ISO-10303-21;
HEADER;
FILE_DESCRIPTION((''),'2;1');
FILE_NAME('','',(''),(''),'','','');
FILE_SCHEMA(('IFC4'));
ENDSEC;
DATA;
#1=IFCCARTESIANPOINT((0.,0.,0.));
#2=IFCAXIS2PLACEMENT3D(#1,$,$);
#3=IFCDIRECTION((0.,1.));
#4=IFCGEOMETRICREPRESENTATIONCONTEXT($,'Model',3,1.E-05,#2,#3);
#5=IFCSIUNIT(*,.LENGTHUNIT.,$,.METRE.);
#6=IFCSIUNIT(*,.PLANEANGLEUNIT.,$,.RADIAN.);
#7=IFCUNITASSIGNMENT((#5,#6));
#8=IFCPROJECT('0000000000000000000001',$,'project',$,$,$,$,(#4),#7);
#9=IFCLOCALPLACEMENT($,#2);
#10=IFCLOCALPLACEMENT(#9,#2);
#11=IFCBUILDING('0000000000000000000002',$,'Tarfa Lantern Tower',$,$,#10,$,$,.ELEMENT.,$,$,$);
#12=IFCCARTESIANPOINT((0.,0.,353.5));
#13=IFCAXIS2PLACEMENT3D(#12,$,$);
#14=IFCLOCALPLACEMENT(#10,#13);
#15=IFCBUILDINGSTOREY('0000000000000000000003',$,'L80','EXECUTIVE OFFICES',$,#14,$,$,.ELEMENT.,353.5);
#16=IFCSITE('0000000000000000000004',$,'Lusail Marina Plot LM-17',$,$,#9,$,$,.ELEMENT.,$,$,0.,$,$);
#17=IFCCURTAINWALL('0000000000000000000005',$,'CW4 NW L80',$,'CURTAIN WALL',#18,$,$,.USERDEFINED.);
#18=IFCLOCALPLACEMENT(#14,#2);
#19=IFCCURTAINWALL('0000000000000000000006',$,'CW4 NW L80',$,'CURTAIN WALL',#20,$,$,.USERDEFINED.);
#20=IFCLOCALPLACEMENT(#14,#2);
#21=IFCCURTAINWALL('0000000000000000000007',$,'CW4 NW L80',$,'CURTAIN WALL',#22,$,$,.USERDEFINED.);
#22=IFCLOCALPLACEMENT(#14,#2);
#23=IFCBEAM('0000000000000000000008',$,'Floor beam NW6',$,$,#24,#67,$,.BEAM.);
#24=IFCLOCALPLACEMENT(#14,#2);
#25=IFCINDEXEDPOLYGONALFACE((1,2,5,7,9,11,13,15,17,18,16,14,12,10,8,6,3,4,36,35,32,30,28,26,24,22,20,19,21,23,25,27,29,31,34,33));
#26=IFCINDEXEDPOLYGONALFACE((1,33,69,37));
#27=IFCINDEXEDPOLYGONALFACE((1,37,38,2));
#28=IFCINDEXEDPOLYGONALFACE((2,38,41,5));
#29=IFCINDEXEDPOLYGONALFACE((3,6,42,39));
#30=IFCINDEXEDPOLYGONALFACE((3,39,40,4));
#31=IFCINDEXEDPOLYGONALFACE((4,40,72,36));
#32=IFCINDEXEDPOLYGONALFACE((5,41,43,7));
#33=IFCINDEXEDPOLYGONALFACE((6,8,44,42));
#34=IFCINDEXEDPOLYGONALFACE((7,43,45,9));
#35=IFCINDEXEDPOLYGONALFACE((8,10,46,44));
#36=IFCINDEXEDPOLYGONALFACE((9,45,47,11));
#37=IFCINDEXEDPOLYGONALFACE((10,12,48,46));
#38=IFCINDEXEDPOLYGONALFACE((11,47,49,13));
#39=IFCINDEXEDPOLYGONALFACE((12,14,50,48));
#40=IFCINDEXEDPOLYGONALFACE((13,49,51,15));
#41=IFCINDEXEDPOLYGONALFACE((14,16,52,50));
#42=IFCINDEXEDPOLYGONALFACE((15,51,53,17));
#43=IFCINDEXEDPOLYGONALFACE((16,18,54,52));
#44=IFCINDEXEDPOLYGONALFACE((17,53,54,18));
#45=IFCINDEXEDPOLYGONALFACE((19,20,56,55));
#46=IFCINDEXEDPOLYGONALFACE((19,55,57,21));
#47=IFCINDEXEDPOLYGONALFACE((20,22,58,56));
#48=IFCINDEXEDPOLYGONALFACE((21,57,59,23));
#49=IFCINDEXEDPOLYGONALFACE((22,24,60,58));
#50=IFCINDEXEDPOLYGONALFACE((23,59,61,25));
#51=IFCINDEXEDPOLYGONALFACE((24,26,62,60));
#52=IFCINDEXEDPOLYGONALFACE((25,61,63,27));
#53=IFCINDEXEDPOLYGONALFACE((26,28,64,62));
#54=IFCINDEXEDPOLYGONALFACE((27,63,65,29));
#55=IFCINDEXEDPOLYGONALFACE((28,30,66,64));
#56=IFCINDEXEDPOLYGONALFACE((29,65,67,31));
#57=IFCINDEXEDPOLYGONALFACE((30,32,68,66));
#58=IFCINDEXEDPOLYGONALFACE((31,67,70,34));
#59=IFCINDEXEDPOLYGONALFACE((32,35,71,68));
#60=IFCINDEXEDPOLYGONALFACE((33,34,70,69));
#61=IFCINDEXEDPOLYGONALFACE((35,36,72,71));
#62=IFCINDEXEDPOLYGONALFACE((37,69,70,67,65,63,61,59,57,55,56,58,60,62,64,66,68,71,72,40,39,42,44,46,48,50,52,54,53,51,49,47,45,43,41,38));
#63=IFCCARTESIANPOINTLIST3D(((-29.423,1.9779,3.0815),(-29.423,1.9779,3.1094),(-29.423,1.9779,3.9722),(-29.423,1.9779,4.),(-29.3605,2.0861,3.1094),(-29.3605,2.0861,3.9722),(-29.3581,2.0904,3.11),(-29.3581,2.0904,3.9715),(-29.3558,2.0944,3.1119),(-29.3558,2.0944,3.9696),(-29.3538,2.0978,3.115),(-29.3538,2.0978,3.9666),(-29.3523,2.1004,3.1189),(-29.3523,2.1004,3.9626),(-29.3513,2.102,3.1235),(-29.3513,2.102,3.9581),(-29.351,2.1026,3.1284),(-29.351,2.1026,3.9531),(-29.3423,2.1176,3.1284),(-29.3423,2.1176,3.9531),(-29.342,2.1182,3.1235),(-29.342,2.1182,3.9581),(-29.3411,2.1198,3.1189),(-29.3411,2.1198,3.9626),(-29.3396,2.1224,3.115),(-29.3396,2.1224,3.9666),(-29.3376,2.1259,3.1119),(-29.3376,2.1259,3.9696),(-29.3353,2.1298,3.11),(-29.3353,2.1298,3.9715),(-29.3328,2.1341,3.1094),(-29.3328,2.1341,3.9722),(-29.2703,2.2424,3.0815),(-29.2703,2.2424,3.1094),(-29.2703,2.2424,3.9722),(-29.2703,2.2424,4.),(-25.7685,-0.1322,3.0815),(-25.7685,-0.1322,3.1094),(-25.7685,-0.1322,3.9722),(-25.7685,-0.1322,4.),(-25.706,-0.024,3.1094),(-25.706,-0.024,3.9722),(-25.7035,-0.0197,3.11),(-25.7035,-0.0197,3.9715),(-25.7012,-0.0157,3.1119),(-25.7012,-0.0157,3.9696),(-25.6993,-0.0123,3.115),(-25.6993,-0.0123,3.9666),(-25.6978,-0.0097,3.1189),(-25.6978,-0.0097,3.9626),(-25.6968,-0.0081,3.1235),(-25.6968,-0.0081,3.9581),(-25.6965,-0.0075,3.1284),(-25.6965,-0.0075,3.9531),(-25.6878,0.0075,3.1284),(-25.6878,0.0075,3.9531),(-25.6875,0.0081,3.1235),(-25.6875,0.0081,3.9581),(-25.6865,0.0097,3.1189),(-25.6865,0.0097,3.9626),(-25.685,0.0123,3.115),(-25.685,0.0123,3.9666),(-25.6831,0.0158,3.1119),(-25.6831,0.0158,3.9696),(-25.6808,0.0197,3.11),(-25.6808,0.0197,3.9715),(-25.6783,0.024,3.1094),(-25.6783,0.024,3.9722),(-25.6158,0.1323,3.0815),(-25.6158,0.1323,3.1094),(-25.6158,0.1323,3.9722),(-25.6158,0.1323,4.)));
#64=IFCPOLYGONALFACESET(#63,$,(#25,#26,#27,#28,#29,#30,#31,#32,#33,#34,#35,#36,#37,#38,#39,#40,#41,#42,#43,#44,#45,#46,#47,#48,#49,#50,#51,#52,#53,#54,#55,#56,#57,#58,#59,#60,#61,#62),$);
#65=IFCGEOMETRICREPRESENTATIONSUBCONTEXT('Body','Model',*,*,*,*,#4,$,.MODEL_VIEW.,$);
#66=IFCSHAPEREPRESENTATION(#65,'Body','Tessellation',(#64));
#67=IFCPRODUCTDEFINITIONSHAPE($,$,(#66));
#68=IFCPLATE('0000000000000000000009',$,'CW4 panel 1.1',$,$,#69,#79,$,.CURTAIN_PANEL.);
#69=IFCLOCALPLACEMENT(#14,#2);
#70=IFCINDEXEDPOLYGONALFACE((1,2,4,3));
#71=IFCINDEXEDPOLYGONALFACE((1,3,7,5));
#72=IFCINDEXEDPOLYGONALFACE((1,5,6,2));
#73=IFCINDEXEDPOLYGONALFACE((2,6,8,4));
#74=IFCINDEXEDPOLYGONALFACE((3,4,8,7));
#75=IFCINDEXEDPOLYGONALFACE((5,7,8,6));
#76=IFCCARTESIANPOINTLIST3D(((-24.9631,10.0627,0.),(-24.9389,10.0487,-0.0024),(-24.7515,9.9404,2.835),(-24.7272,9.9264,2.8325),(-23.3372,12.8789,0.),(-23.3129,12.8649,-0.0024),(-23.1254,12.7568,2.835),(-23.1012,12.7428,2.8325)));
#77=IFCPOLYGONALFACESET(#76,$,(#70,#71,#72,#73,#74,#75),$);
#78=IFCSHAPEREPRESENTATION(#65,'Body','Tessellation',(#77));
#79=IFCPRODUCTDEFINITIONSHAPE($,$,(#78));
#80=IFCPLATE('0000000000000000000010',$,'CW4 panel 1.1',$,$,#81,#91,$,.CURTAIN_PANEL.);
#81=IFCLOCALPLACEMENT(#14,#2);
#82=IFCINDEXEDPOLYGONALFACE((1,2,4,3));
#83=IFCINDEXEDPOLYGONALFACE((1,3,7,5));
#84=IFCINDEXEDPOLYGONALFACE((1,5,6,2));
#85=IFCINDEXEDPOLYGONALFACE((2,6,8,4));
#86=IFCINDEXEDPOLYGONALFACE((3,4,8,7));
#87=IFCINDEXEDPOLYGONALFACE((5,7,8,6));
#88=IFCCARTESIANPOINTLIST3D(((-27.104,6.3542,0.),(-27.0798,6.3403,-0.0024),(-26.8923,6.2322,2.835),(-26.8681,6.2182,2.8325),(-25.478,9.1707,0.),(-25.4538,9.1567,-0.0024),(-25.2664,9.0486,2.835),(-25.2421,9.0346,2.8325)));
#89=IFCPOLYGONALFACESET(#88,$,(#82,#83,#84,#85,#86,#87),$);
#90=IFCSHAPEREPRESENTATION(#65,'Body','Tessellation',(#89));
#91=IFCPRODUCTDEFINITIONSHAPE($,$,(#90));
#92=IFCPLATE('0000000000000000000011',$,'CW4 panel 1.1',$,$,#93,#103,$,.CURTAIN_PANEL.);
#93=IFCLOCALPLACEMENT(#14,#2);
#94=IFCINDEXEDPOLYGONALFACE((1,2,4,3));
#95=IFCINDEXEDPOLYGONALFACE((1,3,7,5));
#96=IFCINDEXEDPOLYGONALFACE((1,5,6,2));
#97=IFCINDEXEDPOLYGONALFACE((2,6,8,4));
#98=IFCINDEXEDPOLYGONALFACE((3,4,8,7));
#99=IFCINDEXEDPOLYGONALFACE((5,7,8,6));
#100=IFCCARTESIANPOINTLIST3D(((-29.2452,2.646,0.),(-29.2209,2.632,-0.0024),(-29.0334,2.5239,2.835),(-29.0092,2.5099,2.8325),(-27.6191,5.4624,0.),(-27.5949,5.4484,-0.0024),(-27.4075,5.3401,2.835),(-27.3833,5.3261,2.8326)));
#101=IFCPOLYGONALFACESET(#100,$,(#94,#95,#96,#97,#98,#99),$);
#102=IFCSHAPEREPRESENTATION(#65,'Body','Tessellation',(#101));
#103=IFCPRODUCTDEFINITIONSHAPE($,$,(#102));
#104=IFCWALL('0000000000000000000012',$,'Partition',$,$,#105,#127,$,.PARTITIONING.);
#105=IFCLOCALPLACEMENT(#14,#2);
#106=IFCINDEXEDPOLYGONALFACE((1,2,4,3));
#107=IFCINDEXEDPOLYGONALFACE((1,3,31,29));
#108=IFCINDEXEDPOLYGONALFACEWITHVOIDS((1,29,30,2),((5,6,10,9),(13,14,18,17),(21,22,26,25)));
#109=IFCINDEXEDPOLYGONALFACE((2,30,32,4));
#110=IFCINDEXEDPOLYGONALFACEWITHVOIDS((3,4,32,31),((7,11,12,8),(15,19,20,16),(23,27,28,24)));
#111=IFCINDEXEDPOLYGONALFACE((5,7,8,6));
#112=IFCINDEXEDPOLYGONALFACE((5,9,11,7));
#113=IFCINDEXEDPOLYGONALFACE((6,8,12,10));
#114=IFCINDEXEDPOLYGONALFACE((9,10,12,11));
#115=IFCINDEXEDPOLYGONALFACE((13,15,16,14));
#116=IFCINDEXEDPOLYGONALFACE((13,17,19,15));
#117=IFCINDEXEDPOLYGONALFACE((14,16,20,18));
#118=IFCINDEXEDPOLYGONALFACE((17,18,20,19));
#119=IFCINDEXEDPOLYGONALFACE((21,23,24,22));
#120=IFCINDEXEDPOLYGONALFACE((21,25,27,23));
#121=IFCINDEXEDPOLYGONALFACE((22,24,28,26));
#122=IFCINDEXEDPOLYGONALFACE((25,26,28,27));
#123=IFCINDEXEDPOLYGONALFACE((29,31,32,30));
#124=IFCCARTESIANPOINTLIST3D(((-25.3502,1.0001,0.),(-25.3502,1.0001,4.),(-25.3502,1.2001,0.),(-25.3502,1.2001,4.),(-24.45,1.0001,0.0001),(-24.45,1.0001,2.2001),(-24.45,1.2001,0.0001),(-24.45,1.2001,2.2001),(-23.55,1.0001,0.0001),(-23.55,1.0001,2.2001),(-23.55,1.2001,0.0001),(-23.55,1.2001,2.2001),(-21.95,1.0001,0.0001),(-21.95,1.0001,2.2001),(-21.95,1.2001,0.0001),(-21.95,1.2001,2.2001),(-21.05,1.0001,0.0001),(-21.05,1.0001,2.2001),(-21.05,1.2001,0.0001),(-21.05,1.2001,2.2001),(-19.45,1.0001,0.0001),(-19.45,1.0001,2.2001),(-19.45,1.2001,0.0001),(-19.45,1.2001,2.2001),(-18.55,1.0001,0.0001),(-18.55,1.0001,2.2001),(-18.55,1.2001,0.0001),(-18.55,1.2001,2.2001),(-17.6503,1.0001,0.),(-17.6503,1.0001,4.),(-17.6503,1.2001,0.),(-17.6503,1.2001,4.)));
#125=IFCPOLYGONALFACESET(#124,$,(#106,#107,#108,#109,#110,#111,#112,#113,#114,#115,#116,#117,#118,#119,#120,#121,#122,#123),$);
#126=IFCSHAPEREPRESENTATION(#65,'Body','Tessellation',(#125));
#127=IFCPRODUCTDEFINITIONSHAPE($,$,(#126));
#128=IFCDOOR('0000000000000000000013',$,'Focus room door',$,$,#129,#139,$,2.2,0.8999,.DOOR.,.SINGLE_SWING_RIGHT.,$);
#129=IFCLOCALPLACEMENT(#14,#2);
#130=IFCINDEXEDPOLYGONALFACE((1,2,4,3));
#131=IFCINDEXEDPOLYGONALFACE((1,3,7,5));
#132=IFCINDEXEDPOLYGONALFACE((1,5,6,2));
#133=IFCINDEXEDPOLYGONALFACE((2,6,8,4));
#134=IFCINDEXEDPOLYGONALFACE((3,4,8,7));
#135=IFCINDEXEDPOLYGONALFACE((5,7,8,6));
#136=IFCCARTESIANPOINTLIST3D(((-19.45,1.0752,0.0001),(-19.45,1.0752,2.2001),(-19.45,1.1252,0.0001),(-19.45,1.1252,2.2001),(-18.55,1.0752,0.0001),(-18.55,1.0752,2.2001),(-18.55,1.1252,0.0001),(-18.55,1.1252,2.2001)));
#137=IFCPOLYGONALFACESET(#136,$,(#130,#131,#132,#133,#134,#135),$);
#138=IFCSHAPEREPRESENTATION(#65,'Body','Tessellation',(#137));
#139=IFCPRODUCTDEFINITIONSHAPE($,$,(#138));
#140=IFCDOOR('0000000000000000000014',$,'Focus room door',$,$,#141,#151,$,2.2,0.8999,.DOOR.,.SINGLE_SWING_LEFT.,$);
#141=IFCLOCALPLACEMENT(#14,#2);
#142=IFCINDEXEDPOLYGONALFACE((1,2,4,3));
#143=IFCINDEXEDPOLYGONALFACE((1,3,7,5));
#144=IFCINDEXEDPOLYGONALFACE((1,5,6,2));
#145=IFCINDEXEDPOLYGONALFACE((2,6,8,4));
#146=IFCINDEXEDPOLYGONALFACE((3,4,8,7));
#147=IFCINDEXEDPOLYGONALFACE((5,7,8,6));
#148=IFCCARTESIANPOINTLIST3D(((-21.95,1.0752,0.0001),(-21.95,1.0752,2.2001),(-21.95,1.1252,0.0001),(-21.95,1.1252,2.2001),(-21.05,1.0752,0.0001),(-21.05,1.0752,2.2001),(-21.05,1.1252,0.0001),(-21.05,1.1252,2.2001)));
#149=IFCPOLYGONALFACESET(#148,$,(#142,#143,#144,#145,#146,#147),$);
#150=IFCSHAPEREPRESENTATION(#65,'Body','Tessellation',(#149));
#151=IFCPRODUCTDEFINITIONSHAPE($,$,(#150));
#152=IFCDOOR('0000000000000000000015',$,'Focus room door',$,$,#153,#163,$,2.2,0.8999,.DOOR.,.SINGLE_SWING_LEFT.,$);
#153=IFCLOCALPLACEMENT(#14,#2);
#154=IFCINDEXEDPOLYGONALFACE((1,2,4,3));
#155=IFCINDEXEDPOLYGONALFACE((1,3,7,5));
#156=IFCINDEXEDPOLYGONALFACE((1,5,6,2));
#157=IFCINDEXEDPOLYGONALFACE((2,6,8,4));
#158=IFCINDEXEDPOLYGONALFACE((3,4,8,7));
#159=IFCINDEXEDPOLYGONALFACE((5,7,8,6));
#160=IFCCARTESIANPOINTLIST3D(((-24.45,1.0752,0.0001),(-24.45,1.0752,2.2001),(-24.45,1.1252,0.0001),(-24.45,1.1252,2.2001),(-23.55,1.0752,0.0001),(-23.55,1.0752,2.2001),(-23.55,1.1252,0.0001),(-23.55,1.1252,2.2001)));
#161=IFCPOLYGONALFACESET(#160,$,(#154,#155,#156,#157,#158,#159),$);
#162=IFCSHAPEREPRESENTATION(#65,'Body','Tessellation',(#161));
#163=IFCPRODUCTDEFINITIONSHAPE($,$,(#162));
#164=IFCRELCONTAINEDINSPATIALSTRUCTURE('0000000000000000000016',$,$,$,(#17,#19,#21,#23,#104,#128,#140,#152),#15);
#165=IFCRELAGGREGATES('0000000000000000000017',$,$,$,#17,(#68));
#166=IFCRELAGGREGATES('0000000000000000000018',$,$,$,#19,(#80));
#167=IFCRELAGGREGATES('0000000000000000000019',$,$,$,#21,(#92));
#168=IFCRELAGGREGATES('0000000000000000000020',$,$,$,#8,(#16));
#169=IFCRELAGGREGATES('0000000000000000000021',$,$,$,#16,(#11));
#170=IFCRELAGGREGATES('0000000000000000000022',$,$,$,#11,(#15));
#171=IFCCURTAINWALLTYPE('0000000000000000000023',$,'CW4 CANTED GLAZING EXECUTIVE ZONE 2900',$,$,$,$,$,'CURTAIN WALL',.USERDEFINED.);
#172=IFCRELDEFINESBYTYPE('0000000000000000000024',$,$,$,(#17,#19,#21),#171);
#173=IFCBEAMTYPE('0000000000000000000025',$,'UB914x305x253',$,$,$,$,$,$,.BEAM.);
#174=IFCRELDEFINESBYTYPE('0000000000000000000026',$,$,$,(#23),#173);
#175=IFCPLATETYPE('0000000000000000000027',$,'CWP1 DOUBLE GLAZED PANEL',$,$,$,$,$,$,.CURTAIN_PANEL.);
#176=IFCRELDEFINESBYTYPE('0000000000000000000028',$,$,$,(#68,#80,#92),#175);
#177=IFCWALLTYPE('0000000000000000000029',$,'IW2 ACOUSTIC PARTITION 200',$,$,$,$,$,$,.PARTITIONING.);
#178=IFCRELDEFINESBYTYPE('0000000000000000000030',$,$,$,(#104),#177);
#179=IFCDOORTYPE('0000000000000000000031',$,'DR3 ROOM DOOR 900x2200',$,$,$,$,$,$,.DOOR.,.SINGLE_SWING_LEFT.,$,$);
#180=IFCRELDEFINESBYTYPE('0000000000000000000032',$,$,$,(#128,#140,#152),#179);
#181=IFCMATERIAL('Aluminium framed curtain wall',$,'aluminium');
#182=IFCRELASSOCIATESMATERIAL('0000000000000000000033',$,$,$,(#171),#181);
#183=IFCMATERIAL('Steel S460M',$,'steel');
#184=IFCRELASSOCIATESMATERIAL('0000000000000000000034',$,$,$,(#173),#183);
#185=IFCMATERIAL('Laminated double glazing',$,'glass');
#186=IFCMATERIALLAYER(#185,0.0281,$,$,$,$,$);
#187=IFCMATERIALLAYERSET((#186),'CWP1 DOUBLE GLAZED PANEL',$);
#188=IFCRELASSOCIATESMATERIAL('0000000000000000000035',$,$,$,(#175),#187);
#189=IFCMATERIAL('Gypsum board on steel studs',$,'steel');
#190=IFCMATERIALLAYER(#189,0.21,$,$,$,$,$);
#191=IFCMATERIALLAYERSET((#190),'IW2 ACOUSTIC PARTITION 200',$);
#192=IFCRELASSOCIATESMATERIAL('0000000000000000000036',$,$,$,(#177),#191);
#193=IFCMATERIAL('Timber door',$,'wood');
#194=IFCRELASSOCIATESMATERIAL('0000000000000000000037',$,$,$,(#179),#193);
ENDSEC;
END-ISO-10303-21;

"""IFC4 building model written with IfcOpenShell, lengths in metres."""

from ifc_helpers import new_model, si_unit, direction, frame, frame_2d, origin, origin_2d, place, context, subcontext, project, spatial, polyline, rectangle, i_section, outline, extrude, material, layer, layer_set, material_profile, profile_set, type_object, element, fill, aggregate, save


model = new_model("IFC4")

# Units and contexts
model_context = context("Model", 3, precision=1e-05, world=origin(), true_north=direction((0.0, 1.0)))
body_context = subcontext(model_context, "Body", "Model", "MODEL_VIEW")
ifc_project = project(units=[si_unit("LENGTHUNIT", "METRE"), si_unit("PLANEANGLEUNIT", "RADIAN")], contexts=[model_context])

# Site, building, storey
site_placement = place(None, origin())
site = spatial("IfcSite", under=ifc_project, at=site_placement, Name="Lusail Marina Plot LM-17", CompositionType="ELEMENT", RefElevation=0.0)
building_placement = place(site_placement, origin())
building = spatial("IfcBuilding", under=site, at=building_placement, Name="Tarfa Lantern Tower", CompositionType="ELEMENT")
storey_placement = place(building_placement, frame((0.0, 0.0, 353.5)))
storey = spatial("IfcBuildingStorey", under=building, at=storey_placement, Name="L80", Description="EXECUTIVE OFFICES", CompositionType="ELEMENT", Elevation=353.5)

# Curtain wall
ifc_material_1 = material(Name="Aluminium framed curtain wall", Category="aluminium")
curtain_wall_type = type_object("IfcCurtainWallType", Name="CW4 CANTED GLAZING EXECUTIVE ZONE 2900", ElementType="CURTAIN WALL", PredefinedType="USERDEFINED", material=ifc_material_1)
curtain_wall_1_placement = place(storey_placement, origin())
curtain_wall_1 = element("IfcCurtainWall", 1, at=curtain_wall_1_placement, inside=storey, type_object=curtain_wall_type, Name="CW4 NW L80", ObjectType="CURTAIN WALL", PredefinedType="USERDEFINED")

# Curtain walls
curtain_wall_2_placement = place(storey_placement, origin())
curtain_wall_2 = element("IfcCurtainWall", 2, at=curtain_wall_2_placement, inside=storey, type_object=curtain_wall_type, Name="CW4 NW L80", ObjectType="CURTAIN WALL", PredefinedType="USERDEFINED")
curtain_wall_3_placement = place(storey_placement, origin())
curtain_wall_3 = element("IfcCurtainWall", 3, at=curtain_wall_3_placement, inside=storey, type_object=curtain_wall_type, Name="CW4 NW L80", ObjectType="CURTAIN WALL", PredefinedType="USERDEFINED")

# Beam
ifc_material_2 = material(Name="Steel S460M", Category="steel")
ifc_material_profile_1 = material_profile(ifc_material_2, i_section(OverallWidth=0.3054, OverallDepth=0.9185, WebThickness=0.0173, FlangeThickness=0.0278, FilletRadius=0.019, at=origin_2d()), Name="UB914x305x253")
ifc_profile_set_1 = profile_set([ifc_material_profile_1], Name="Steel S460M")
beam_type_1 = type_object("IfcBeamType", Name="UB914x305x253", PredefinedType="BEAM", material=ifc_profile_set_1)
beam_1_placement = place(storey_placement, frame((-29.3467, 2.1101, 3.5408), z_axis=(0.866009, -0.500028, 0.0), x_axis=(0.500028, 0.866009, 0.0)))
element("IfcBeam", 4, at=beam_1_placement, inside=storey, type_object=beam_type_1, Name="Floor beam NW6", PredefinedType="BEAM", context=body_context, shape_type="SweptSolid", body=[
    extrude(i_section(OverallWidth=0.3054, OverallDepth=0.9185, WebThickness=0.0173, FlangeThickness=0.0278, FilletRadius=0.019, at=origin_2d()), origin(), (0.0, 0.0, 1.0), 4.22),
])

# Plates
ifc_material_3 = material(Name="Laminated double glazing", Category="glass")
ifc_layer_1 = layer(ifc_material_3, 0.0281)
ifc_layer_set_1 = layer_set([ifc_layer_1], Name="CWP1 DOUBLE GLAZED PANEL")
plate_type = type_object("IfcPlateType", Name="CWP1 DOUBLE GLAZED PANEL", PredefinedType="CURTAIN_PANEL", material=ifc_layer_set_1)
plate_1_placement = place(storey_placement, frame((-23.3372, 12.8789, 0.0), z_axis=(-0.862826, 0.498151, 0.085893), x_axis=(-0.499999, -0.866026, -0.000002)))
plate_1 = element("IfcPlate", 5, at=plate_1_placement, type_object=plate_type, Name="CW4 panel 1.1", PredefinedType="CURTAIN_PANEL", context=body_context, shape_type="SweptSolid", body=[
    extrude(outline(polyline([(0.0, 0.0), (3.2519, 0.0), (3.2519, 2.8455), (-0.0001, 2.8455), (0.0, 0.0)])), origin(), (0.0, 0.0, -1.0), 0.0281),
])
aggregate(curtain_wall_1, [plate_1])
plate_2_placement = place(storey_placement, frame((-25.478, 9.1707, 0.0), z_axis=(-0.862837, 0.498136, 0.085872), x_axis=(-0.499982, -0.866036, 0.0)))
plate_2 = element("IfcPlate", 6, at=plate_2_placement, type_object=plate_type, Name="CW4 panel 1.1", PredefinedType="CURTAIN_PANEL", context=body_context, shape_type="SweptSolid", body=[
    extrude(outline(polyline([(0.0, 0.0), (3.2521, 0.0), (3.252, 2.8455), (-0.0001, 2.8455), (0.0, 0.0)])), origin(), (0.0, 0.0, -1.0), 0.0281),
])
aggregate(curtain_wall_2, [plate_2])
plate_3_placement = place(storey_placement, frame((-27.6191, 5.4624, 0.0), z_axis=(-0.862826, 0.498151, 0.085893), x_axis=(-0.499999, -0.866026, 0.000002)))
plate_3 = element("IfcPlate", 7, at=plate_3_placement, type_object=plate_type, Name="CW4 panel 1.1", PredefinedType="CURTAIN_PANEL", context=body_context, shape_type="SweptSolid", body=[
    extrude(outline(polyline([(0.0, 0.0), (3.2521, 0.0), (3.252, 2.8455), (0.0001, 2.8455), (0.0, 0.0)])), origin(), (0.0, 0.0, -1.0), 0.0281),
])
aggregate(curtain_wall_3, [plate_3])

# Wall, openings, doors
ifc_material_4 = material(Name="Gypsum board on steel studs", Category="steel")
ifc_layer_2 = layer(ifc_material_4, 0.21)
ifc_layer_set_2 = layer_set([ifc_layer_2], Name="IW2 ACOUSTIC PARTITION 200")
wall_type = type_object("IfcWallType", Name="IW2 ACOUSTIC PARTITION 200", PredefinedType="PARTITIONING", material=ifc_layer_set_2)
wall_placement = place(storey_placement, frame((-17.6501, 1.1001, 0.0), z_axis=(0.0, 0.0, 1.0), x_axis=(-1.0, 0.0, 0.0)))
wall = element("IfcWall", 8, at=wall_placement, inside=storey, type_object=wall_type, Name="Partition", PredefinedType="PARTITIONING", context=body_context, shape_type="SweptSolid", body=[
    extrude(rectangle(XDim=7.7, YDim=0.2, at=frame_2d((3.8501, 0.0))), origin(), (0.0, 0.0, 1.0), 4.0),
])
opening_1_placement = place(wall_placement, frame((0.8999, 0.0, 0.0)))
opening_1 = element("IfcOpeningElement", 9, at=opening_1_placement, cuts=wall, PredefinedType="OPENING", context=body_context, shape_type="SweptSolid", body=[
    extrude(rectangle(XDim=0.8999, YDim=2.2, at=frame_2d((0.45, 1.1001))), frame((0.0, 0.1099, 0.0), z_axis=(0.0, -1.0, 0.0), x_axis=(1.0, 0.0, 0.0)), (0.0, 0.0, 1.0), 0.22),
])
opening_2_placement = place(wall_placement, frame((3.3999, 0.0, 0.0)))
opening_2 = element("IfcOpeningElement", 10, at=opening_2_placement, cuts=wall, PredefinedType="OPENING", context=body_context, shape_type="SweptSolid", body=[
    extrude(rectangle(XDim=0.8999, YDim=2.2, at=frame_2d((0.45, 1.1001))), frame((0.0, 0.1099, 0.0), z_axis=(0.0, -1.0, 0.0), x_axis=(1.0, 0.0, 0.0)), (0.0, 0.0, 1.0), 0.22),
])
opening_3_placement = place(wall_placement, frame((5.8999, 0.0, 0.0)))
opening_3 = element("IfcOpeningElement", 11, at=opening_3_placement, cuts=wall, PredefinedType="OPENING", context=body_context, shape_type="SweptSolid", body=[
    extrude(rectangle(XDim=0.8999, YDim=2.2, at=frame_2d((0.45, 1.1001))), frame((0.0, 0.1099, 0.0), z_axis=(0.0, -1.0, 0.0), x_axis=(1.0, 0.0, 0.0)), (0.0, 0.0, 1.0), 0.22),
])
ifc_material_5 = material(Name="Timber door", Category="wood")
door_type = type_object("IfcDoorType", Name="DR3 ROOM DOOR 900x2200", OperationType="SINGLE_SWING_LEFT", PredefinedType="DOOR", material=ifc_material_5)
door_1_placement = place(opening_1_placement, origin())
door_1 = element("IfcDoor", 12, at=door_1_placement, inside=storey, type_object=door_type, Name="Focus room door", OperationType="SINGLE_SWING_RIGHT", OverallHeight=2.2, OverallWidth=0.8999, PredefinedType="DOOR", context=body_context, shape_type="SweptSolid", body=[
    extrude(rectangle(XDim=0.8999, YDim=2.2, at=frame_2d((0.45, 1.1001))), frame((0.0, 0.0249, 0.0), z_axis=(0.0, -1.0, 0.0), x_axis=(1.0, 0.0, 0.0)), (0.0, 0.0, 1.0), 0.05),
])
fill(opening_1, door_1)
door_2_placement = place(opening_2_placement, origin())
door_2 = element("IfcDoor", 13, at=door_2_placement, inside=storey, type_object=door_type, Name="Focus room door", OperationType="SINGLE_SWING_LEFT", OverallHeight=2.2, OverallWidth=0.8999, PredefinedType="DOOR", context=body_context, shape_type="SweptSolid", body=[
    extrude(rectangle(XDim=0.8999, YDim=2.2, at=frame_2d((0.45, 1.1001))), frame((0.0, 0.0249, 0.0), z_axis=(0.0, -1.0, 0.0), x_axis=(1.0, 0.0, 0.0)), (0.0, 0.0, 1.0), 0.05),
])
fill(opening_2, door_2)
door_3_placement = place(opening_3_placement, origin())
door_3 = element("IfcDoor", 14, at=door_3_placement, inside=storey, type_object=door_type, Name="Focus room door", OperationType="SINGLE_SWING_LEFT", OverallHeight=2.2, OverallWidth=0.8999, PredefinedType="DOOR", context=body_context, shape_type="SweptSolid", body=[
    extrude(rectangle(XDim=0.8999, YDim=2.2, at=frame_2d((0.45, 1.1001))), frame((0.0, 0.0249, 0.0), z_axis=(0.0, -1.0, 0.0), x_axis=(1.0, 0.0, 0.0)), (0.0, 0.0, 1.0), 0.05),
])
fill(opening_3, door_3)

save(model, "model.ifc")
